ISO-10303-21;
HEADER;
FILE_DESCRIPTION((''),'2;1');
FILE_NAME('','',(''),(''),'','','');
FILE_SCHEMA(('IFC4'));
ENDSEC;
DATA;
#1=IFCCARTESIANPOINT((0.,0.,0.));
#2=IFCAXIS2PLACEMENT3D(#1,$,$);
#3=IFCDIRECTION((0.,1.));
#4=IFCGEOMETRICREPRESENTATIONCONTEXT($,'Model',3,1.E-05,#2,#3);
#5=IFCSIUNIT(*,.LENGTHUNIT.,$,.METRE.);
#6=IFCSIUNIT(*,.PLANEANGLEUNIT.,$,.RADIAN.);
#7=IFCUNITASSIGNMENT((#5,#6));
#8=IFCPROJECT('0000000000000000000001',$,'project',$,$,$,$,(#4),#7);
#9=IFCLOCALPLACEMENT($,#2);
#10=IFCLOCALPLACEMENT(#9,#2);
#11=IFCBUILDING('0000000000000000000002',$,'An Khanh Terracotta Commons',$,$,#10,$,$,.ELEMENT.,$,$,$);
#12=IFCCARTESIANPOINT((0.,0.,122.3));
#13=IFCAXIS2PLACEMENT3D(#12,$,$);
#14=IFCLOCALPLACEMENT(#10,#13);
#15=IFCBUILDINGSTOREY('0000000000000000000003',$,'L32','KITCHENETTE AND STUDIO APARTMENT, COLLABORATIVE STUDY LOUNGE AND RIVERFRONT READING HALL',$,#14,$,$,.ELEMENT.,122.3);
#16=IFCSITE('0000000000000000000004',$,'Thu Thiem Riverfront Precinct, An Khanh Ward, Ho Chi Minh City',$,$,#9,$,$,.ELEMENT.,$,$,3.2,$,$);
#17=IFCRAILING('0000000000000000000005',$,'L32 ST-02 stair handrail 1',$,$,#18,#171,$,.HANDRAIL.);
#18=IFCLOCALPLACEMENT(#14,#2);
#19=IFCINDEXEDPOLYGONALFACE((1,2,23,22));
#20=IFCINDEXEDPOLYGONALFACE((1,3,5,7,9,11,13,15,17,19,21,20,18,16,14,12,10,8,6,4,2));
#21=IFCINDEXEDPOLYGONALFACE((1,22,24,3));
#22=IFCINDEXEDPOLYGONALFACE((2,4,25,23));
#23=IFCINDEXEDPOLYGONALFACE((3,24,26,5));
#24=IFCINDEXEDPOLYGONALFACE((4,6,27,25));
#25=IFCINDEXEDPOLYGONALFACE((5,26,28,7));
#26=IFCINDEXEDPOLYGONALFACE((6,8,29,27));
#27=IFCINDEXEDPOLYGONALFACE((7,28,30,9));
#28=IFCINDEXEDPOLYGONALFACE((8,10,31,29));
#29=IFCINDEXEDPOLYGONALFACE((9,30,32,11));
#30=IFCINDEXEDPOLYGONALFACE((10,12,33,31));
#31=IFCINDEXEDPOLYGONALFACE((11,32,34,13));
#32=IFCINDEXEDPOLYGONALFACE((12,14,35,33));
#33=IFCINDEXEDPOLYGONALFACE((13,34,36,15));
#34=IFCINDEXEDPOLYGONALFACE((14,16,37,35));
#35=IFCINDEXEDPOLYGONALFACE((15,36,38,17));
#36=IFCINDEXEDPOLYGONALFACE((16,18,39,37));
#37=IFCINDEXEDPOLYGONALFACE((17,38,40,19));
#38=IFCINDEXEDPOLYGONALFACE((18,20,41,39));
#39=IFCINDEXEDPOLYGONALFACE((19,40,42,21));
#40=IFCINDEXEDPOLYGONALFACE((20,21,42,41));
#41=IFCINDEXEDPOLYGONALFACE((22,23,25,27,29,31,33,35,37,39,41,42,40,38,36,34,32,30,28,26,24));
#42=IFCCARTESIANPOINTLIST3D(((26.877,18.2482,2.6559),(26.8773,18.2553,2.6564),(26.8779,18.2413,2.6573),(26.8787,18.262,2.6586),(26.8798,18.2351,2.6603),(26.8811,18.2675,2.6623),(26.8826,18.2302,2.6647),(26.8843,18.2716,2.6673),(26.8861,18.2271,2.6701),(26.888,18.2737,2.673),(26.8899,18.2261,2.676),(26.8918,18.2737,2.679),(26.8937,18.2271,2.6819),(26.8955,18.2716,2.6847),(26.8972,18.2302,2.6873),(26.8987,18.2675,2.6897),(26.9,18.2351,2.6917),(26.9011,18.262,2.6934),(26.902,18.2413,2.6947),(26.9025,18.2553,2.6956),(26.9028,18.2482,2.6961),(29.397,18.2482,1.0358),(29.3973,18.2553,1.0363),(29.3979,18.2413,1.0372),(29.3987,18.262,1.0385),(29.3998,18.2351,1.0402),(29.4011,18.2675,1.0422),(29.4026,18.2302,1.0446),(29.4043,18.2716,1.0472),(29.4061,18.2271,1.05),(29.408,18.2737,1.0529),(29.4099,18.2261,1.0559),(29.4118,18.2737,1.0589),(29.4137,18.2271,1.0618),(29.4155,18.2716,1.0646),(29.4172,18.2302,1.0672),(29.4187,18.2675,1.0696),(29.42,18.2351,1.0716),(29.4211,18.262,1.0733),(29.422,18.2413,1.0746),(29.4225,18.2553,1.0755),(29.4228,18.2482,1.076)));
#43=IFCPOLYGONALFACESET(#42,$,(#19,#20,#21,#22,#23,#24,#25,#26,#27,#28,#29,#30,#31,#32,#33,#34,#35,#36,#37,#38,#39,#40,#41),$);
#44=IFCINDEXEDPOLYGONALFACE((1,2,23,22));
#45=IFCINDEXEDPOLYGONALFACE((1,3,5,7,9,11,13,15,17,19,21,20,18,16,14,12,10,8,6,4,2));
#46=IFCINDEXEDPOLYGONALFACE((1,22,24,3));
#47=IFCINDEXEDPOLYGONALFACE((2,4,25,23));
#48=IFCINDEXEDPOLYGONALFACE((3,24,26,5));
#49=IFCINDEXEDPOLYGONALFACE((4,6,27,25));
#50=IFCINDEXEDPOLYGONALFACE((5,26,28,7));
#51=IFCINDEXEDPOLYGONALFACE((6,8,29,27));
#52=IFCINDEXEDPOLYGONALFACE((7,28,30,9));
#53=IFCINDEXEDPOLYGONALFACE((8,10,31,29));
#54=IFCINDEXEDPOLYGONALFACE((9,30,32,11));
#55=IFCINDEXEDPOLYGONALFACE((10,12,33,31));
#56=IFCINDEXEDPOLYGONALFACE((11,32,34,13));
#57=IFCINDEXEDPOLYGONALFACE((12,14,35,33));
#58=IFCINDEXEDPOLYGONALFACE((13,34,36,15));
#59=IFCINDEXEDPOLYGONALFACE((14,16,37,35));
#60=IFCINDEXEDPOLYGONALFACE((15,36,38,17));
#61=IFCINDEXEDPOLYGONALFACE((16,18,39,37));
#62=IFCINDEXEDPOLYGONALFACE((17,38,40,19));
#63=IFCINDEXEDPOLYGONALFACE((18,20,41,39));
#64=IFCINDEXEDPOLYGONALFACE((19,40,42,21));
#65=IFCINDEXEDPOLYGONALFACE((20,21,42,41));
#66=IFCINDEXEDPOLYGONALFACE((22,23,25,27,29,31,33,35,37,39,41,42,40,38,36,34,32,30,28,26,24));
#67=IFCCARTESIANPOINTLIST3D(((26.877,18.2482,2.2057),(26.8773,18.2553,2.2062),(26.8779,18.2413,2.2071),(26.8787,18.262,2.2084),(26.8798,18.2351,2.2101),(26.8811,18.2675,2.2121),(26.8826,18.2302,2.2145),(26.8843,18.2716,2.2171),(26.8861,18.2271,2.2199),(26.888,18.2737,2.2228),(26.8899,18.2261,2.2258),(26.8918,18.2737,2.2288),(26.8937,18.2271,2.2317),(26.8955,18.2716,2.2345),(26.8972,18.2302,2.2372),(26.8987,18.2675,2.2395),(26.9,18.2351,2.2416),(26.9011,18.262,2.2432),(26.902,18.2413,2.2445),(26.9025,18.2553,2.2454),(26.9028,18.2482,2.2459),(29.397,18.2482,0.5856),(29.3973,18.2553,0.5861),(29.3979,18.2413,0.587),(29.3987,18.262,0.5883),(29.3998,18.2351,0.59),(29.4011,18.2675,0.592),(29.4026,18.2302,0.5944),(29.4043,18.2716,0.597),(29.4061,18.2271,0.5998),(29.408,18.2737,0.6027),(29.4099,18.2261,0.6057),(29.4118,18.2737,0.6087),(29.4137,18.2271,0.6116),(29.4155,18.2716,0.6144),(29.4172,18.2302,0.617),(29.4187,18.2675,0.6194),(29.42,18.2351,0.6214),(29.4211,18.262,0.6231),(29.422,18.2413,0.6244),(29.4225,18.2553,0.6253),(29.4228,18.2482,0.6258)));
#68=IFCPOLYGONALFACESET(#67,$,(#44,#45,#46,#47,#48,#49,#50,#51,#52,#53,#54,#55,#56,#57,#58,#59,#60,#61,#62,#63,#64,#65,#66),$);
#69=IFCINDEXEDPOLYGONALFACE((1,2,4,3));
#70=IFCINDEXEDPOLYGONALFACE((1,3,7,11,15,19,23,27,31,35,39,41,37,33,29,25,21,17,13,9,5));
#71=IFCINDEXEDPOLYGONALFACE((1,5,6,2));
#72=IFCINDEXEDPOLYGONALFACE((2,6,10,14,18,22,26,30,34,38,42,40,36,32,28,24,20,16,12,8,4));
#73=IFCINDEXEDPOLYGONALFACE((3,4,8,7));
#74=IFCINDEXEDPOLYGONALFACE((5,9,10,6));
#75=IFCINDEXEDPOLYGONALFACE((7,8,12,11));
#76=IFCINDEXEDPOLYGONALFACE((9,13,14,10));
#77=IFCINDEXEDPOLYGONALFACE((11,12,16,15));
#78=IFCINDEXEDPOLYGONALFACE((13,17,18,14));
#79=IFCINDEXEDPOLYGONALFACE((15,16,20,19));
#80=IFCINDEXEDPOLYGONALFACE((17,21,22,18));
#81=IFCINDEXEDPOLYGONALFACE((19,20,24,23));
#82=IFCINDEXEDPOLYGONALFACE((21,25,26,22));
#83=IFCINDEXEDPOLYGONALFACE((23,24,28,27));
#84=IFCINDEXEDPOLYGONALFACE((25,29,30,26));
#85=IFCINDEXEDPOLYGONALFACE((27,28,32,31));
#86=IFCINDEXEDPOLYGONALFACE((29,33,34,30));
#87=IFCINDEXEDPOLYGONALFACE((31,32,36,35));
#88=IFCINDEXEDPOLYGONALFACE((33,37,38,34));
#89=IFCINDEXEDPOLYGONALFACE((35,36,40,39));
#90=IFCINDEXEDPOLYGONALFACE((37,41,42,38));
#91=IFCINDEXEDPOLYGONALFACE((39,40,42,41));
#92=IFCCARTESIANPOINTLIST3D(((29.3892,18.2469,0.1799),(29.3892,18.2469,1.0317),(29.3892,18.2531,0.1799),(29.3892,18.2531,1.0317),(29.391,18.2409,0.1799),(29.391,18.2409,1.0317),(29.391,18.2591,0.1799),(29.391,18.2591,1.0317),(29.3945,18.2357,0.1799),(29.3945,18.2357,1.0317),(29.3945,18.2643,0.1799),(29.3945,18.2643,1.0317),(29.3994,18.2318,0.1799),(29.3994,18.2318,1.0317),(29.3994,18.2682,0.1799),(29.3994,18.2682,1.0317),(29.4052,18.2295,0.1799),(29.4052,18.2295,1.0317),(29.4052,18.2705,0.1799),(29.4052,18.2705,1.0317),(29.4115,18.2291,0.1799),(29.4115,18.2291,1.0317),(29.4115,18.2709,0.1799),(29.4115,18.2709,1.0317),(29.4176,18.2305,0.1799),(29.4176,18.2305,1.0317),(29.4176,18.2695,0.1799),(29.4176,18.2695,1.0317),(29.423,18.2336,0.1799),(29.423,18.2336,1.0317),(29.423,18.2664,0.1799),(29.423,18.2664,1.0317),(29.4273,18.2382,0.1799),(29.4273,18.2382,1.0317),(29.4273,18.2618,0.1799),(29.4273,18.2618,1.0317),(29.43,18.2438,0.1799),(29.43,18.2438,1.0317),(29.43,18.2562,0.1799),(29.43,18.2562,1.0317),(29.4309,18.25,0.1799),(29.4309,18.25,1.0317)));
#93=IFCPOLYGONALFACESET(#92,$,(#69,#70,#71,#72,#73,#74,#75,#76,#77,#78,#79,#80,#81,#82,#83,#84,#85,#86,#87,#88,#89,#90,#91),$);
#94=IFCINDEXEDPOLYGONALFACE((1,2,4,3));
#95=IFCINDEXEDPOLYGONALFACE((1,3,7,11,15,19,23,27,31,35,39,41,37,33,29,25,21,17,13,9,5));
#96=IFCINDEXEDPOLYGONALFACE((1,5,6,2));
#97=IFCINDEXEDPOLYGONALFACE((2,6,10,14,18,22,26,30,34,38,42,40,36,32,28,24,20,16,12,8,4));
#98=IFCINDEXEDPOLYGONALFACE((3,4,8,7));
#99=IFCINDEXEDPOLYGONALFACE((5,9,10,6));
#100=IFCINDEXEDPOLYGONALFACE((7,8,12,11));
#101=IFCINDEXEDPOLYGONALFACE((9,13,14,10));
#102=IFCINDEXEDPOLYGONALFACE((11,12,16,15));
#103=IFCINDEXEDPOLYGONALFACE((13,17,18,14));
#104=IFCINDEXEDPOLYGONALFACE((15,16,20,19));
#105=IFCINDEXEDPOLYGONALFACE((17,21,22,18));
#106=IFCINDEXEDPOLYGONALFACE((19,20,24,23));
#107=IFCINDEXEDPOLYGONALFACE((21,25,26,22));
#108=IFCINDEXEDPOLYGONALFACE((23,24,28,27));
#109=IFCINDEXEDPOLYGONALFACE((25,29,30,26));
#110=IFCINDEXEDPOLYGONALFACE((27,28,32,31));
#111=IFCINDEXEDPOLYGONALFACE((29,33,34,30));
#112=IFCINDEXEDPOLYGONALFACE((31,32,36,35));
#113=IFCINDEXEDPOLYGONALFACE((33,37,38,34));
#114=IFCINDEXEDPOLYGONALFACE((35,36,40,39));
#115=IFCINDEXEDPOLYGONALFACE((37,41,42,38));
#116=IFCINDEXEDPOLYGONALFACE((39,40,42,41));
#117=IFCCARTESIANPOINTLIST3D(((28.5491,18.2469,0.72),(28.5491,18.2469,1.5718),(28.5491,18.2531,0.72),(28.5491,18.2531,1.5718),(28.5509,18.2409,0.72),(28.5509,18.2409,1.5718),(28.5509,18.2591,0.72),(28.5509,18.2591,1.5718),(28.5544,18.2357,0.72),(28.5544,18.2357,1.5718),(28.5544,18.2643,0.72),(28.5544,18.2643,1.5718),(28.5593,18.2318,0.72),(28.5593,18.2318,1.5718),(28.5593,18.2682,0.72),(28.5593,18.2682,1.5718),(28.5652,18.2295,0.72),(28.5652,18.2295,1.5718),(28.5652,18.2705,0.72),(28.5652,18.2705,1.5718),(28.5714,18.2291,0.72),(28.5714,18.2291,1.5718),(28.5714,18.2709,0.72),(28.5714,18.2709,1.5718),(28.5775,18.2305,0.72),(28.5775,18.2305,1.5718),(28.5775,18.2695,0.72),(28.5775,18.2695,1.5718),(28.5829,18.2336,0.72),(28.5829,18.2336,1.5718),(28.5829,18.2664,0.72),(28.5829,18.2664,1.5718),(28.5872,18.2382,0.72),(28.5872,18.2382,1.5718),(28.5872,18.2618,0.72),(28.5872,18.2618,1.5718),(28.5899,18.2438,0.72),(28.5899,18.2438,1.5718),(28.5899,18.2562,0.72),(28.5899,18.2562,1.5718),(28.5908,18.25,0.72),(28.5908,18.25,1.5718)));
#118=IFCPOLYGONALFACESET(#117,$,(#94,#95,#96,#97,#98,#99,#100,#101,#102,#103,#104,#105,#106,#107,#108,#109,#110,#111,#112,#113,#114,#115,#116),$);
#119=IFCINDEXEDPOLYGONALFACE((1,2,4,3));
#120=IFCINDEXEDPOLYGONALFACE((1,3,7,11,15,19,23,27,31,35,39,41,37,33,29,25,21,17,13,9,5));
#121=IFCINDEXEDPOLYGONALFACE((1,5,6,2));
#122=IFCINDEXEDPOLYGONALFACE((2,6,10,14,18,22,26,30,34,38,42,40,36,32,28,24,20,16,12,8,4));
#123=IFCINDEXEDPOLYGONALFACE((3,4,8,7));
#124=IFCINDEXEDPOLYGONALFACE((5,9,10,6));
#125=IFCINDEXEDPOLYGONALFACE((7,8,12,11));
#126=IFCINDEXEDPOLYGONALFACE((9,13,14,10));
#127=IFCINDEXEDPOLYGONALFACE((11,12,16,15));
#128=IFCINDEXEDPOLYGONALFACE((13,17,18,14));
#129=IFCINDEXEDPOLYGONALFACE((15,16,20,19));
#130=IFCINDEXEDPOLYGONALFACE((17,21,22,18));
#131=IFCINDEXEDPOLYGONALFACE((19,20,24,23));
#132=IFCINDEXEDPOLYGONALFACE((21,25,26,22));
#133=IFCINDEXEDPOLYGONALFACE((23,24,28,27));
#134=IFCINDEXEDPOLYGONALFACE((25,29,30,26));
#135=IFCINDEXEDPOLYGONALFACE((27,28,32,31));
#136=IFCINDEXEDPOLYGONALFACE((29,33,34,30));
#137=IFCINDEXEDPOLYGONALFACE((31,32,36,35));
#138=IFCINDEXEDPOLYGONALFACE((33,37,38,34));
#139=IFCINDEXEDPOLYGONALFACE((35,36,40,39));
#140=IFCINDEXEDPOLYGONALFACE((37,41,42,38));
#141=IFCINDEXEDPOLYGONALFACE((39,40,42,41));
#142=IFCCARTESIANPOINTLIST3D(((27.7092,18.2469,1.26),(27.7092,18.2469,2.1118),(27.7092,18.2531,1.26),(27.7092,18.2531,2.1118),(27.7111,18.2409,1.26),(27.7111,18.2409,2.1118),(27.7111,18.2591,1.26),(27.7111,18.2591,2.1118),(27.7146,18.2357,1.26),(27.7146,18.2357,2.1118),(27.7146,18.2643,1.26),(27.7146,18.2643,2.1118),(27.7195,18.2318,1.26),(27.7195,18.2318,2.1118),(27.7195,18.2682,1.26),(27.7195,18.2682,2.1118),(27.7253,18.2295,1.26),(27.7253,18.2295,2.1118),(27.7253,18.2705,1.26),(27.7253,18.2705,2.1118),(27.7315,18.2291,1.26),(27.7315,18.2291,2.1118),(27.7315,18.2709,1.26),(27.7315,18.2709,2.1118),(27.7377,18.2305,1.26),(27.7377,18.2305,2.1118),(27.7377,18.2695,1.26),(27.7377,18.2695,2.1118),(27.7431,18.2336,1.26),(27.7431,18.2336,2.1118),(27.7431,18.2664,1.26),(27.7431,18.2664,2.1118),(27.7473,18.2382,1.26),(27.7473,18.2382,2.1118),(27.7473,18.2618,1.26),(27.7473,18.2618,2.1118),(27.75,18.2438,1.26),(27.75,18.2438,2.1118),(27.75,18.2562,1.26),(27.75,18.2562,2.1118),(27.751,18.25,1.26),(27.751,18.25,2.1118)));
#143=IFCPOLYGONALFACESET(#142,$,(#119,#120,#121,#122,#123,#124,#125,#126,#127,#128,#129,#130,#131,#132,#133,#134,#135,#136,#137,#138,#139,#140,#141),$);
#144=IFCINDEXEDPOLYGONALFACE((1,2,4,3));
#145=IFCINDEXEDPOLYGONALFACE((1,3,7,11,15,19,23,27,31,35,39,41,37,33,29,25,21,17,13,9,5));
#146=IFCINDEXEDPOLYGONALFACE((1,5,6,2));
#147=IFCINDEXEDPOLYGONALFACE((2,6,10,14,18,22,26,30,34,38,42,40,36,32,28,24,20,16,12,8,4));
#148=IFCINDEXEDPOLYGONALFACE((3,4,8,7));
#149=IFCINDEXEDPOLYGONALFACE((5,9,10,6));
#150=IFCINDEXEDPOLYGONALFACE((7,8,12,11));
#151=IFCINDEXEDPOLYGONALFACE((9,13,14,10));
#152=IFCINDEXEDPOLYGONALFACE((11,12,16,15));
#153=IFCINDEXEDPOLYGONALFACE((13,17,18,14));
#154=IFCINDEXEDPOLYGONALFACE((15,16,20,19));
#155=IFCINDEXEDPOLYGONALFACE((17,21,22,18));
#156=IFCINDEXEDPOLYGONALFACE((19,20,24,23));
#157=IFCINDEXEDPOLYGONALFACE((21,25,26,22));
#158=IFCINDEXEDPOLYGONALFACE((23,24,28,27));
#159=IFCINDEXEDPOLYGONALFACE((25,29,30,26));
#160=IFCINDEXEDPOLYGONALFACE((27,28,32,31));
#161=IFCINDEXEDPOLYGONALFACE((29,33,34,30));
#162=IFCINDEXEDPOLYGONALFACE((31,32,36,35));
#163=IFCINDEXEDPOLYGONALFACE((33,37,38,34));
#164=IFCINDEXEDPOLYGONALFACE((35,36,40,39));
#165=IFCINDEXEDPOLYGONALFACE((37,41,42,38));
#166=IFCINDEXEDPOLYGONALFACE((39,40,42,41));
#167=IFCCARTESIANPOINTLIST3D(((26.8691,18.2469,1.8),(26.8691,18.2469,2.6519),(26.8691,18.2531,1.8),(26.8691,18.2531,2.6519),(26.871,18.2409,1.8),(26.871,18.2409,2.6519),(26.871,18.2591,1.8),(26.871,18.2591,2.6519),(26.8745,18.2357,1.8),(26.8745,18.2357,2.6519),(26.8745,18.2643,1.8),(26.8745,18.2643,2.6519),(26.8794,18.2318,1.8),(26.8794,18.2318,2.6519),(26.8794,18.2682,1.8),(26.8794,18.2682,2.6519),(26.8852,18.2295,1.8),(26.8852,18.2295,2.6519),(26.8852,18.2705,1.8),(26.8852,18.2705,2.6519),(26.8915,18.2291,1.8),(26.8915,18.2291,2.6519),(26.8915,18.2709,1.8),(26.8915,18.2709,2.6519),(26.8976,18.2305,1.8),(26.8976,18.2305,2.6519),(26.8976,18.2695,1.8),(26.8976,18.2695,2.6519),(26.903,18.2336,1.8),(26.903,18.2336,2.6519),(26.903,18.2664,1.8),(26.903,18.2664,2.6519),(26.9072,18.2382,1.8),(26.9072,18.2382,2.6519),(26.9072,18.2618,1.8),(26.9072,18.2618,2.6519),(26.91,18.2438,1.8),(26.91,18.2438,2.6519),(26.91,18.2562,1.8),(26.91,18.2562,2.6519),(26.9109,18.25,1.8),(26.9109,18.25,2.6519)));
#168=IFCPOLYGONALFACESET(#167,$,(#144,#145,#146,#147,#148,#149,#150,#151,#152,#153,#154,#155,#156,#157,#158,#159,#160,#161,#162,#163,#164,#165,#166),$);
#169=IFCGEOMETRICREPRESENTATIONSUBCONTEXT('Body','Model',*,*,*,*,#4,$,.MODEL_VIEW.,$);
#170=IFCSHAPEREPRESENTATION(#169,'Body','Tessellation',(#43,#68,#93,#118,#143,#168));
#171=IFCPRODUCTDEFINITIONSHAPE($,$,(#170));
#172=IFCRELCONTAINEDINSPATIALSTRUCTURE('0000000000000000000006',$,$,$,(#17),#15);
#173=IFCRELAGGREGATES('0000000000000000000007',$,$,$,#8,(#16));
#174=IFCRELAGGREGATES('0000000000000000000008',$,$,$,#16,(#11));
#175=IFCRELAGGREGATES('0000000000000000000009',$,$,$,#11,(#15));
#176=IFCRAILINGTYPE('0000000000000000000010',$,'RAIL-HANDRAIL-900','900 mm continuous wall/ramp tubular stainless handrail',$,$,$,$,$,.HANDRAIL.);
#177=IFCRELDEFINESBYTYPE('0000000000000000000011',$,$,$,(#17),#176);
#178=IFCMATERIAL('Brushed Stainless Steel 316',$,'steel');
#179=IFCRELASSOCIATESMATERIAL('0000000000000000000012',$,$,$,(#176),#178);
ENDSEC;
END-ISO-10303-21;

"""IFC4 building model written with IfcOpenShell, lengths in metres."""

from ifc_helpers import new_model, si_unit, direction, frame, origin, origin_2d, place, context, subcontext, project, spatial, circle, extrude, material, type_object, element, save


model = new_model("IFC4")

# Units and contexts
model_context = context("Model", 3, precision=1e-05, world=origin(), true_north=direction((0.0, 1.0)))
body_context = subcontext(model_context, "Body", "Model", "MODEL_VIEW")
ifc_project = project(units=[si_unit("LENGTHUNIT", "METRE"), si_unit("PLANEANGLEUNIT", "RADIAN")], contexts=[model_context])

# Site, building, storey
site_placement = place(None, origin())
site = spatial("IfcSite", under=ifc_project, at=site_placement, Name="Thu Thiem Riverfront Precinct, An Khanh Ward, Ho Chi Minh City", CompositionType="ELEMENT", RefElevation=3.2)
building_placement = place(site_placement, origin())
building = spatial("IfcBuilding", under=site, at=building_placement, Name="An Khanh Terracotta Commons", CompositionType="ELEMENT")
storey_placement = place(building_placement, frame((0.0, 0.0, 122.3)))
storey = spatial("IfcBuildingStorey", under=building, at=storey_placement, Name="L32", Description="KITCHENETTE AND STUDIO APARTMENT, COLLABORATIVE STUDY LOUNGE AND RIVERFRONT READING HALL", CompositionType="ELEMENT", Elevation=122.3)

# Railing
ifc_material_1 = material(Name="Brushed Stainless Steel 316", Category="steel")
railing_type_1 = type_object("IfcRailingType", Name="RAIL-HANDRAIL-900", Description="900 mm continuous wall/ramp tubular stainless handrail", PredefinedType="HANDRAIL", material=ifc_material_1)
railing_1_placement = place(storey_placement, frame((29.4099, 18.25, 0.1799)))
element("IfcRailing", 1, at=railing_1_placement, inside=storey, type_object=railing_type_1, Name="L32 ST-02 stair handrail 1", PredefinedType="HANDRAIL", context=body_context, shape_type="SweptSolid", body=[
    extrude(circle(Radius=0.0239, at=origin_2d()), frame((0.0, 0.0, 0.876), z_axis=(-0.841163, 0.0, 0.540782), x_axis=(0.0, -1.0, 0.0)), (0.0, 0.0, 1.0), 2.9958),
    extrude(circle(Radius=0.0239, at=origin_2d()), frame((0.0, 0.0, 0.4258), z_axis=(-0.841163, 0.0, 0.540782), x_axis=(0.0, -1.0, 0.0)), (0.0, 0.0, 1.0), 2.9958),
    extrude(circle(Radius=0.021, at=origin_2d()), origin(), (0.0, 0.0, 1.0), 0.8518),
    extrude(circle(Radius=0.021, at=origin_2d()), frame((-0.8401, 0.0, 0.54)), (0.0, 0.0, 1.0), 0.8518),
    extrude(circle(Radius=0.021, at=origin_2d()), frame((-1.6799, 0.0, 1.0801)), (0.0, 0.0, 1.0), 0.8518),
    extrude(circle(Radius=0.021, at=origin_2d()), frame((-2.52, 0.0, 1.6201)), (0.0, 0.0, 1.0), 0.8518),
])

save(model, "model.ifc")
